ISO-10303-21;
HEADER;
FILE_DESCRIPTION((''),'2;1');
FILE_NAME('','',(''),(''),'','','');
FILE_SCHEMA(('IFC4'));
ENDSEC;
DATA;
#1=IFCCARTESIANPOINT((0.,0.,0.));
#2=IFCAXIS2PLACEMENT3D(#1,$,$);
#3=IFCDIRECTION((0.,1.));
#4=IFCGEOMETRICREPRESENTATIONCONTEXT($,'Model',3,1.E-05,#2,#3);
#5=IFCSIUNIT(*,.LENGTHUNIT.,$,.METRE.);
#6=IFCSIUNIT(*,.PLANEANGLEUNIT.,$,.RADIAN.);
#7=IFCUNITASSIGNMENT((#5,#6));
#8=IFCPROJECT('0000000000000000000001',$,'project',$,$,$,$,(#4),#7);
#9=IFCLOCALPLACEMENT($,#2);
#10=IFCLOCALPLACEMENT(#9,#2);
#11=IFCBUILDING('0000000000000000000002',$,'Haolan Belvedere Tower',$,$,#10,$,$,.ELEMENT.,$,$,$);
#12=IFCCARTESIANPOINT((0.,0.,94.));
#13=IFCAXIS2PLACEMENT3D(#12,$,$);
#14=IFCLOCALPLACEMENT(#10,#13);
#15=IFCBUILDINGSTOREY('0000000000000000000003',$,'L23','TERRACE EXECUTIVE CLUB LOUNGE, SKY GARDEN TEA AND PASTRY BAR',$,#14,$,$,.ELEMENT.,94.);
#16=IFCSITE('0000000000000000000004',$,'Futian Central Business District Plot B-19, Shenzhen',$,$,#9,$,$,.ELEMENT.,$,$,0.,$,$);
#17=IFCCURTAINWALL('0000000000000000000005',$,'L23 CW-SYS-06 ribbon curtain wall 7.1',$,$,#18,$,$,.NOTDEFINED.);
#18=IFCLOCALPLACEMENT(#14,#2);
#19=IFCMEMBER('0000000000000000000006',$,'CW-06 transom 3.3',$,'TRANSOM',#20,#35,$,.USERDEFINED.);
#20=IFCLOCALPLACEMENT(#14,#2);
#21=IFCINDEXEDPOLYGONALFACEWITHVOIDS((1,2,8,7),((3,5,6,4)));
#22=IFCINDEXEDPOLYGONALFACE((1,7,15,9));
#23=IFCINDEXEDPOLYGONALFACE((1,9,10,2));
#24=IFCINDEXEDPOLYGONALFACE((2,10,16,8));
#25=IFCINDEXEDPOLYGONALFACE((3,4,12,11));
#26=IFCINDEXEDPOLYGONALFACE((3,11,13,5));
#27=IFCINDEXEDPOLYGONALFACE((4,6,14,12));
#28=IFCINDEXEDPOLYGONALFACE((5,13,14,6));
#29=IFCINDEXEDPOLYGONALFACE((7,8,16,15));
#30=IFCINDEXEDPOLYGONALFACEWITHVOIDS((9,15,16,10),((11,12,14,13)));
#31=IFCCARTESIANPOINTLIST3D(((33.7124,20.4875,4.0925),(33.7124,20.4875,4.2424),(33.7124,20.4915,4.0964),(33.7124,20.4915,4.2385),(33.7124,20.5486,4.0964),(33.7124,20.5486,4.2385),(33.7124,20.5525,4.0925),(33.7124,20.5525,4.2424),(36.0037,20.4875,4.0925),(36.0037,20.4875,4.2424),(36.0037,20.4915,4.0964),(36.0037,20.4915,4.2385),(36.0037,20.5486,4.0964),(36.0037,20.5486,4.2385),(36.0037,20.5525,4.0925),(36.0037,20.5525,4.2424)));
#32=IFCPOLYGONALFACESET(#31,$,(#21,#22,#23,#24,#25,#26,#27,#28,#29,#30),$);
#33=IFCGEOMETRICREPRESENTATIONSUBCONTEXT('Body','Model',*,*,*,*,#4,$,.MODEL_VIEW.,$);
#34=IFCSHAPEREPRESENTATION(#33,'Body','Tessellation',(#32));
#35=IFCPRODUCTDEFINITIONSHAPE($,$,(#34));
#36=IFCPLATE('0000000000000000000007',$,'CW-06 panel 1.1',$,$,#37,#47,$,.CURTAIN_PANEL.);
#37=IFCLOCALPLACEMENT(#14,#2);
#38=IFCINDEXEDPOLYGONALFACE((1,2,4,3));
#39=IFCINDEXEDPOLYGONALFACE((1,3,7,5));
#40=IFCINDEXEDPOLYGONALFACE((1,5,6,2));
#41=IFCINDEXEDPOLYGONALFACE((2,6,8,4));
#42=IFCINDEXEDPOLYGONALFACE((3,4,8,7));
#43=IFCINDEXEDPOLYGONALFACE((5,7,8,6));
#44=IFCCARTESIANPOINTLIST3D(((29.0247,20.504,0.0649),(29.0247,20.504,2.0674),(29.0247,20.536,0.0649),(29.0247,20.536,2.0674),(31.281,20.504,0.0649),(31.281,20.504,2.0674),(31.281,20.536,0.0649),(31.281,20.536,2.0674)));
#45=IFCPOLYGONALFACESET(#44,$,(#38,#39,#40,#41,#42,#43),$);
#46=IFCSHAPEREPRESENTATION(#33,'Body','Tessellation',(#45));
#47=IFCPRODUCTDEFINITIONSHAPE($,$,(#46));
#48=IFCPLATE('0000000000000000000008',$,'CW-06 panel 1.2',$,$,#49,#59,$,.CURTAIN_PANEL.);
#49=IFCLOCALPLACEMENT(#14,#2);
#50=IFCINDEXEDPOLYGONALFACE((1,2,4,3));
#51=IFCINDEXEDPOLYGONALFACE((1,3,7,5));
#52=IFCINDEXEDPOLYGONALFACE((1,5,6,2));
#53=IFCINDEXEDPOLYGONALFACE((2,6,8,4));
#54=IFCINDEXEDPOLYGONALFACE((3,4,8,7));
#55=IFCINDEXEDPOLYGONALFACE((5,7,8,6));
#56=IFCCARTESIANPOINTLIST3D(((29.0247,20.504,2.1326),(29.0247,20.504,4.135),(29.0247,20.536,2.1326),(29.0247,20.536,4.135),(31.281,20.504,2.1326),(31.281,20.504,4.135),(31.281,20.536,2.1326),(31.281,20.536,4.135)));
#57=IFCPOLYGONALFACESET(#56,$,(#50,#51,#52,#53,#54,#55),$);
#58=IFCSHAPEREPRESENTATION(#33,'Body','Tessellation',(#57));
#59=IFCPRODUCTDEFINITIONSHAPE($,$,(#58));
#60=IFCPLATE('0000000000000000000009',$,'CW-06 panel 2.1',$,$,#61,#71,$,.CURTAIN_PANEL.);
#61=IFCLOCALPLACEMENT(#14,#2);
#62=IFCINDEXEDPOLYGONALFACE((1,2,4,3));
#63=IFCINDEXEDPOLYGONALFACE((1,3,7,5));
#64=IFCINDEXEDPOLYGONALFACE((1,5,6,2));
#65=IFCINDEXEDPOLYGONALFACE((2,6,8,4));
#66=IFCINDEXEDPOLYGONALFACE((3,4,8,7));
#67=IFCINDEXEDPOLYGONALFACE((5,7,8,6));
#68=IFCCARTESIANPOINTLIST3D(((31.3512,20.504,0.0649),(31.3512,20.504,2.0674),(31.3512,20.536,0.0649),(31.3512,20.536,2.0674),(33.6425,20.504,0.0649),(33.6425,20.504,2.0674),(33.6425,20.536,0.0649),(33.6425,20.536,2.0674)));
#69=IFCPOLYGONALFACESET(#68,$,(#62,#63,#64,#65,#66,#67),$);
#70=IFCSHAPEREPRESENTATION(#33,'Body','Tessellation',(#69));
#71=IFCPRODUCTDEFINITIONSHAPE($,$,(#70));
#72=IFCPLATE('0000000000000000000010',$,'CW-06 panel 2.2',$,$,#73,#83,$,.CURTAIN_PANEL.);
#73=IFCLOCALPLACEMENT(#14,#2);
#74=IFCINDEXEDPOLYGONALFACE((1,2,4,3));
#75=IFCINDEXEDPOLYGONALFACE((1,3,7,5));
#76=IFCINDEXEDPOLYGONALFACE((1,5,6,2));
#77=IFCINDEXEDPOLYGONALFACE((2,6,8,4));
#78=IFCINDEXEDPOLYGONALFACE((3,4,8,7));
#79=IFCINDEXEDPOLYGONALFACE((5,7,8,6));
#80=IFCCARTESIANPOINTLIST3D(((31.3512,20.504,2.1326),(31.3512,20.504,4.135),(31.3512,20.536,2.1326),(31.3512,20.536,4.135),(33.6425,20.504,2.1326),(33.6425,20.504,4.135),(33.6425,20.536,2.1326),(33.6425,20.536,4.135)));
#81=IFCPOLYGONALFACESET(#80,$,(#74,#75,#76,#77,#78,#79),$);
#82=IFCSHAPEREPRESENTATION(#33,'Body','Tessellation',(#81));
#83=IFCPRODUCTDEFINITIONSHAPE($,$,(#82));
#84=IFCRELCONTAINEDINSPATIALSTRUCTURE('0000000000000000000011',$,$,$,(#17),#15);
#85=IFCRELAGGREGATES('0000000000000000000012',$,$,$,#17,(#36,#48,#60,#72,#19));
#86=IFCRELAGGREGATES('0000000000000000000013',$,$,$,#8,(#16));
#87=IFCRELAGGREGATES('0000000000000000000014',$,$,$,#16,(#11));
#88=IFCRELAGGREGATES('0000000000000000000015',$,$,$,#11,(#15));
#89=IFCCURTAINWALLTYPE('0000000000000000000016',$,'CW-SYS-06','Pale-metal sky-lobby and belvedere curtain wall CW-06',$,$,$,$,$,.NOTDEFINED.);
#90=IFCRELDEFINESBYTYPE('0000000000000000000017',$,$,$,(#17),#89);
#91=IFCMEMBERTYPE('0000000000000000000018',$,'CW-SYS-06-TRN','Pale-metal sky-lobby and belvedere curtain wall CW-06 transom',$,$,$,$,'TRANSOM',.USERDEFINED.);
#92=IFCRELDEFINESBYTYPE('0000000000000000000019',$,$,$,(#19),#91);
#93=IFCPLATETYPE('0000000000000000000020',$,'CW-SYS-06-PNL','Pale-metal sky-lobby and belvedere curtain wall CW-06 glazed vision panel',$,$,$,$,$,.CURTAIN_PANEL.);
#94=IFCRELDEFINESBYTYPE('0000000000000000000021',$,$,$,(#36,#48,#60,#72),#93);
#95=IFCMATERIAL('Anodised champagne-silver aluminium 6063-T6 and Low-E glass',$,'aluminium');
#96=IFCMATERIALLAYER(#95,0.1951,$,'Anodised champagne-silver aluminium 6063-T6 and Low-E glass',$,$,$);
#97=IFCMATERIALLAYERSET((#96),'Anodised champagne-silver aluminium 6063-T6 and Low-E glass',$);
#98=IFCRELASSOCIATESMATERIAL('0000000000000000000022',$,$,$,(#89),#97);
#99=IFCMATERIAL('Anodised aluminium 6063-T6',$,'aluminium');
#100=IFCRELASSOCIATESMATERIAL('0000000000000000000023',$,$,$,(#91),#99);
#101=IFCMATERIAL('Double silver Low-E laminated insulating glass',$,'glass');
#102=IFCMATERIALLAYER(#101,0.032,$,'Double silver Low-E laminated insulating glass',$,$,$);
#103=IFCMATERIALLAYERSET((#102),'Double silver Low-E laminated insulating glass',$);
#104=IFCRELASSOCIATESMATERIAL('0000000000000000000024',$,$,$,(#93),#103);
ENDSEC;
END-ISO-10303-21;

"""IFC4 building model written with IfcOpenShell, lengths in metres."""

from ifc_helpers import new_model, si_unit, direction, frame, origin, origin_2d, place, context, subcontext, project, spatial, rectangle, hollow_rectangle, extrude, material, layer, layer_set, material_profile, profile_set, type_object, element, aggregate, save


model = new_model("IFC4")

# Units and contexts
model_context = context("Model", 3, precision=1e-05, world=origin(), true_north=direction((0.0, 1.0)))
body_context = subcontext(model_context, "Body", "Model", "MODEL_VIEW")
ifc_project = project(units=[si_unit("LENGTHUNIT", "METRE"), si_unit("PLANEANGLEUNIT", "RADIAN")], contexts=[model_context])

# Site, building, storey
site_placement = place(None, origin())
site = spatial("IfcSite", under=ifc_project, at=site_placement, Name="Futian Central Business District Plot B-19, Shenzhen", CompositionType="ELEMENT", RefElevation=0.0)
building_placement = place(site_placement, origin())
building = spatial("IfcBuilding", under=site, at=building_placement, Name="Haolan Belvedere Tower", CompositionType="ELEMENT")
storey_placement = place(building_placement, frame((0.0, 0.0, 94.0)))
storey = spatial("IfcBuildingStorey", under=building, at=storey_placement, Name="L23", Description="TERRACE EXECUTIVE CLUB LOUNGE, SKY GARDEN TEA AND PASTRY BAR", CompositionType="ELEMENT", Elevation=94.0)

# Curtain wall, member, plates
ifc_material_1 = material(Name="Anodised champagne-silver aluminium 6063-T6 and Low-E glass", Category="aluminium")
ifc_layer_1 = layer(ifc_material_1, 0.1951, Name="Anodised champagne-silver aluminium 6063-T6 and Low-E glass")
ifc_layer_set_1 = layer_set([ifc_layer_1], Name="Anodised champagne-silver aluminium 6063-T6 and Low-E glass")
curtain_wall_type = type_object("IfcCurtainWallType", Name="CW-SYS-06", Description="Pale-metal sky-lobby and belvedere curtain wall CW-06", PredefinedType="NOTDEFINED", material=ifc_layer_set_1)
curtain_wall_placement = place(storey_placement, origin())
curtain_wall = element("IfcCurtainWall", 1, at=curtain_wall_placement, inside=storey, type_object=curtain_wall_type, Name="L23 CW-SYS-06 ribbon curtain wall 7.1", PredefinedType="NOTDEFINED")
ifc_material_2 = material(Name="Anodised aluminium 6063-T6", Category="aluminium")
ifc_material_profile_1 = material_profile(ifc_material_2, hollow_rectangle(XDim=0.0649, YDim=0.1499, WallThickness=0.0039, at=origin_2d()), Name="Anodised aluminium 6063-T6")
ifc_profile_set_1 = profile_set([ifc_material_profile_1], Name="Anodised aluminium 6063-T6")
member_type_1 = type_object("IfcMemberType", Name="CW-SYS-06-TRN", Description="Pale-metal sky-lobby and belvedere curtain wall CW-06 transom", ElementType="TRANSOM", PredefinedType="USERDEFINED", material=ifc_profile_set_1)
member_1_placement = place(storey_placement, frame((33.7124, 20.52, 4.1675), z_axis=(1.0, 0.0, 0.0), x_axis=(0.0, 1.0, 0.0)))
member_1 = element("IfcMember", 2, at=member_1_placement, type_object=member_type_1, Name="CW-06 transom 3.3", ObjectType="TRANSOM", PredefinedType="USERDEFINED", context=body_context, shape_type="SweptSolid", body=[
    extrude(hollow_rectangle(XDim=0.0649, YDim=0.1499, WallThickness=0.0039, at=origin_2d()), origin(), (0.0, 0.0, 1.0), 2.2913),
])
ifc_material_3 = material(Name="Double silver Low-E laminated insulating glass", Category="glass")
ifc_layer_2 = layer(ifc_material_3, 0.032, Name="Double silver Low-E laminated insulating glass")
ifc_layer_set_2 = layer_set([ifc_layer_2], Name="Double silver Low-E laminated insulating glass")
plate_type = type_object("IfcPlateType", Name="CW-SYS-06-PNL", Description="Pale-metal sky-lobby and belvedere curtain wall CW-06 glazed vision panel", PredefinedType="CURTAIN_PANEL", material=ifc_layer_set_2)
plate_1_placement = place(storey_placement, frame((30.1528, 20.52, 0.0649), z_axis=(0.0, 0.0, 1.0), x_axis=(1.0, 0.0, 0.0)))
plate_1 = element("IfcPlate", 3, at=plate_1_placement, type_object=plate_type, Name="CW-06 panel 1.1", PredefinedType="CURTAIN_PANEL", context=body_context, shape_type="SweptSolid", body=[
    extrude(rectangle(XDim=2.2563, YDim=0.032, at=origin_2d()), origin(), (0.0, 0.0, 1.0), 2.0024),
])
plate_2_placement = place(storey_placement, frame((30.1528, 20.52, 2.1326), z_axis=(0.0, 0.0, 1.0), x_axis=(1.0, 0.0, 0.0)))
plate_2 = element("IfcPlate", 4, at=plate_2_placement, type_object=plate_type, Name="CW-06 panel 1.2", PredefinedType="CURTAIN_PANEL", context=body_context, shape_type="SweptSolid", body=[
    extrude(rectangle(XDim=2.2563, YDim=0.032, at=origin_2d()), origin(), (0.0, 0.0, 1.0), 2.0024),
])
plate_3_placement = place(storey_placement, frame((32.4968, 20.52, 0.0649), z_axis=(0.0, 0.0, 1.0), x_axis=(1.0, 0.0, 0.0)))
plate_3 = element("IfcPlate", 5, at=plate_3_placement, type_object=plate_type, Name="CW-06 panel 2.1", PredefinedType="CURTAIN_PANEL", context=body_context, shape_type="SweptSolid", body=[
    extrude(rectangle(XDim=2.2913, YDim=0.032, at=origin_2d()), origin(), (0.0, 0.0, 1.0), 2.0024),
])
plate_4_placement = place(storey_placement, frame((32.4968, 20.52, 2.1326), z_axis=(0.0, 0.0, 1.0), x_axis=(1.0, 0.0, 0.0)))
plate_4 = element("IfcPlate", 6, at=plate_4_placement, type_object=plate_type, Name="CW-06 panel 2.2", PredefinedType="CURTAIN_PANEL", context=body_context, shape_type="SweptSolid", body=[
    extrude(rectangle(XDim=2.2913, YDim=0.032, at=origin_2d()), origin(), (0.0, 0.0, 1.0), 2.0024),
])
aggregate(curtain_wall, [plate_1, plate_2, plate_3, plate_4, member_1])

save(model, "model.ifc")
